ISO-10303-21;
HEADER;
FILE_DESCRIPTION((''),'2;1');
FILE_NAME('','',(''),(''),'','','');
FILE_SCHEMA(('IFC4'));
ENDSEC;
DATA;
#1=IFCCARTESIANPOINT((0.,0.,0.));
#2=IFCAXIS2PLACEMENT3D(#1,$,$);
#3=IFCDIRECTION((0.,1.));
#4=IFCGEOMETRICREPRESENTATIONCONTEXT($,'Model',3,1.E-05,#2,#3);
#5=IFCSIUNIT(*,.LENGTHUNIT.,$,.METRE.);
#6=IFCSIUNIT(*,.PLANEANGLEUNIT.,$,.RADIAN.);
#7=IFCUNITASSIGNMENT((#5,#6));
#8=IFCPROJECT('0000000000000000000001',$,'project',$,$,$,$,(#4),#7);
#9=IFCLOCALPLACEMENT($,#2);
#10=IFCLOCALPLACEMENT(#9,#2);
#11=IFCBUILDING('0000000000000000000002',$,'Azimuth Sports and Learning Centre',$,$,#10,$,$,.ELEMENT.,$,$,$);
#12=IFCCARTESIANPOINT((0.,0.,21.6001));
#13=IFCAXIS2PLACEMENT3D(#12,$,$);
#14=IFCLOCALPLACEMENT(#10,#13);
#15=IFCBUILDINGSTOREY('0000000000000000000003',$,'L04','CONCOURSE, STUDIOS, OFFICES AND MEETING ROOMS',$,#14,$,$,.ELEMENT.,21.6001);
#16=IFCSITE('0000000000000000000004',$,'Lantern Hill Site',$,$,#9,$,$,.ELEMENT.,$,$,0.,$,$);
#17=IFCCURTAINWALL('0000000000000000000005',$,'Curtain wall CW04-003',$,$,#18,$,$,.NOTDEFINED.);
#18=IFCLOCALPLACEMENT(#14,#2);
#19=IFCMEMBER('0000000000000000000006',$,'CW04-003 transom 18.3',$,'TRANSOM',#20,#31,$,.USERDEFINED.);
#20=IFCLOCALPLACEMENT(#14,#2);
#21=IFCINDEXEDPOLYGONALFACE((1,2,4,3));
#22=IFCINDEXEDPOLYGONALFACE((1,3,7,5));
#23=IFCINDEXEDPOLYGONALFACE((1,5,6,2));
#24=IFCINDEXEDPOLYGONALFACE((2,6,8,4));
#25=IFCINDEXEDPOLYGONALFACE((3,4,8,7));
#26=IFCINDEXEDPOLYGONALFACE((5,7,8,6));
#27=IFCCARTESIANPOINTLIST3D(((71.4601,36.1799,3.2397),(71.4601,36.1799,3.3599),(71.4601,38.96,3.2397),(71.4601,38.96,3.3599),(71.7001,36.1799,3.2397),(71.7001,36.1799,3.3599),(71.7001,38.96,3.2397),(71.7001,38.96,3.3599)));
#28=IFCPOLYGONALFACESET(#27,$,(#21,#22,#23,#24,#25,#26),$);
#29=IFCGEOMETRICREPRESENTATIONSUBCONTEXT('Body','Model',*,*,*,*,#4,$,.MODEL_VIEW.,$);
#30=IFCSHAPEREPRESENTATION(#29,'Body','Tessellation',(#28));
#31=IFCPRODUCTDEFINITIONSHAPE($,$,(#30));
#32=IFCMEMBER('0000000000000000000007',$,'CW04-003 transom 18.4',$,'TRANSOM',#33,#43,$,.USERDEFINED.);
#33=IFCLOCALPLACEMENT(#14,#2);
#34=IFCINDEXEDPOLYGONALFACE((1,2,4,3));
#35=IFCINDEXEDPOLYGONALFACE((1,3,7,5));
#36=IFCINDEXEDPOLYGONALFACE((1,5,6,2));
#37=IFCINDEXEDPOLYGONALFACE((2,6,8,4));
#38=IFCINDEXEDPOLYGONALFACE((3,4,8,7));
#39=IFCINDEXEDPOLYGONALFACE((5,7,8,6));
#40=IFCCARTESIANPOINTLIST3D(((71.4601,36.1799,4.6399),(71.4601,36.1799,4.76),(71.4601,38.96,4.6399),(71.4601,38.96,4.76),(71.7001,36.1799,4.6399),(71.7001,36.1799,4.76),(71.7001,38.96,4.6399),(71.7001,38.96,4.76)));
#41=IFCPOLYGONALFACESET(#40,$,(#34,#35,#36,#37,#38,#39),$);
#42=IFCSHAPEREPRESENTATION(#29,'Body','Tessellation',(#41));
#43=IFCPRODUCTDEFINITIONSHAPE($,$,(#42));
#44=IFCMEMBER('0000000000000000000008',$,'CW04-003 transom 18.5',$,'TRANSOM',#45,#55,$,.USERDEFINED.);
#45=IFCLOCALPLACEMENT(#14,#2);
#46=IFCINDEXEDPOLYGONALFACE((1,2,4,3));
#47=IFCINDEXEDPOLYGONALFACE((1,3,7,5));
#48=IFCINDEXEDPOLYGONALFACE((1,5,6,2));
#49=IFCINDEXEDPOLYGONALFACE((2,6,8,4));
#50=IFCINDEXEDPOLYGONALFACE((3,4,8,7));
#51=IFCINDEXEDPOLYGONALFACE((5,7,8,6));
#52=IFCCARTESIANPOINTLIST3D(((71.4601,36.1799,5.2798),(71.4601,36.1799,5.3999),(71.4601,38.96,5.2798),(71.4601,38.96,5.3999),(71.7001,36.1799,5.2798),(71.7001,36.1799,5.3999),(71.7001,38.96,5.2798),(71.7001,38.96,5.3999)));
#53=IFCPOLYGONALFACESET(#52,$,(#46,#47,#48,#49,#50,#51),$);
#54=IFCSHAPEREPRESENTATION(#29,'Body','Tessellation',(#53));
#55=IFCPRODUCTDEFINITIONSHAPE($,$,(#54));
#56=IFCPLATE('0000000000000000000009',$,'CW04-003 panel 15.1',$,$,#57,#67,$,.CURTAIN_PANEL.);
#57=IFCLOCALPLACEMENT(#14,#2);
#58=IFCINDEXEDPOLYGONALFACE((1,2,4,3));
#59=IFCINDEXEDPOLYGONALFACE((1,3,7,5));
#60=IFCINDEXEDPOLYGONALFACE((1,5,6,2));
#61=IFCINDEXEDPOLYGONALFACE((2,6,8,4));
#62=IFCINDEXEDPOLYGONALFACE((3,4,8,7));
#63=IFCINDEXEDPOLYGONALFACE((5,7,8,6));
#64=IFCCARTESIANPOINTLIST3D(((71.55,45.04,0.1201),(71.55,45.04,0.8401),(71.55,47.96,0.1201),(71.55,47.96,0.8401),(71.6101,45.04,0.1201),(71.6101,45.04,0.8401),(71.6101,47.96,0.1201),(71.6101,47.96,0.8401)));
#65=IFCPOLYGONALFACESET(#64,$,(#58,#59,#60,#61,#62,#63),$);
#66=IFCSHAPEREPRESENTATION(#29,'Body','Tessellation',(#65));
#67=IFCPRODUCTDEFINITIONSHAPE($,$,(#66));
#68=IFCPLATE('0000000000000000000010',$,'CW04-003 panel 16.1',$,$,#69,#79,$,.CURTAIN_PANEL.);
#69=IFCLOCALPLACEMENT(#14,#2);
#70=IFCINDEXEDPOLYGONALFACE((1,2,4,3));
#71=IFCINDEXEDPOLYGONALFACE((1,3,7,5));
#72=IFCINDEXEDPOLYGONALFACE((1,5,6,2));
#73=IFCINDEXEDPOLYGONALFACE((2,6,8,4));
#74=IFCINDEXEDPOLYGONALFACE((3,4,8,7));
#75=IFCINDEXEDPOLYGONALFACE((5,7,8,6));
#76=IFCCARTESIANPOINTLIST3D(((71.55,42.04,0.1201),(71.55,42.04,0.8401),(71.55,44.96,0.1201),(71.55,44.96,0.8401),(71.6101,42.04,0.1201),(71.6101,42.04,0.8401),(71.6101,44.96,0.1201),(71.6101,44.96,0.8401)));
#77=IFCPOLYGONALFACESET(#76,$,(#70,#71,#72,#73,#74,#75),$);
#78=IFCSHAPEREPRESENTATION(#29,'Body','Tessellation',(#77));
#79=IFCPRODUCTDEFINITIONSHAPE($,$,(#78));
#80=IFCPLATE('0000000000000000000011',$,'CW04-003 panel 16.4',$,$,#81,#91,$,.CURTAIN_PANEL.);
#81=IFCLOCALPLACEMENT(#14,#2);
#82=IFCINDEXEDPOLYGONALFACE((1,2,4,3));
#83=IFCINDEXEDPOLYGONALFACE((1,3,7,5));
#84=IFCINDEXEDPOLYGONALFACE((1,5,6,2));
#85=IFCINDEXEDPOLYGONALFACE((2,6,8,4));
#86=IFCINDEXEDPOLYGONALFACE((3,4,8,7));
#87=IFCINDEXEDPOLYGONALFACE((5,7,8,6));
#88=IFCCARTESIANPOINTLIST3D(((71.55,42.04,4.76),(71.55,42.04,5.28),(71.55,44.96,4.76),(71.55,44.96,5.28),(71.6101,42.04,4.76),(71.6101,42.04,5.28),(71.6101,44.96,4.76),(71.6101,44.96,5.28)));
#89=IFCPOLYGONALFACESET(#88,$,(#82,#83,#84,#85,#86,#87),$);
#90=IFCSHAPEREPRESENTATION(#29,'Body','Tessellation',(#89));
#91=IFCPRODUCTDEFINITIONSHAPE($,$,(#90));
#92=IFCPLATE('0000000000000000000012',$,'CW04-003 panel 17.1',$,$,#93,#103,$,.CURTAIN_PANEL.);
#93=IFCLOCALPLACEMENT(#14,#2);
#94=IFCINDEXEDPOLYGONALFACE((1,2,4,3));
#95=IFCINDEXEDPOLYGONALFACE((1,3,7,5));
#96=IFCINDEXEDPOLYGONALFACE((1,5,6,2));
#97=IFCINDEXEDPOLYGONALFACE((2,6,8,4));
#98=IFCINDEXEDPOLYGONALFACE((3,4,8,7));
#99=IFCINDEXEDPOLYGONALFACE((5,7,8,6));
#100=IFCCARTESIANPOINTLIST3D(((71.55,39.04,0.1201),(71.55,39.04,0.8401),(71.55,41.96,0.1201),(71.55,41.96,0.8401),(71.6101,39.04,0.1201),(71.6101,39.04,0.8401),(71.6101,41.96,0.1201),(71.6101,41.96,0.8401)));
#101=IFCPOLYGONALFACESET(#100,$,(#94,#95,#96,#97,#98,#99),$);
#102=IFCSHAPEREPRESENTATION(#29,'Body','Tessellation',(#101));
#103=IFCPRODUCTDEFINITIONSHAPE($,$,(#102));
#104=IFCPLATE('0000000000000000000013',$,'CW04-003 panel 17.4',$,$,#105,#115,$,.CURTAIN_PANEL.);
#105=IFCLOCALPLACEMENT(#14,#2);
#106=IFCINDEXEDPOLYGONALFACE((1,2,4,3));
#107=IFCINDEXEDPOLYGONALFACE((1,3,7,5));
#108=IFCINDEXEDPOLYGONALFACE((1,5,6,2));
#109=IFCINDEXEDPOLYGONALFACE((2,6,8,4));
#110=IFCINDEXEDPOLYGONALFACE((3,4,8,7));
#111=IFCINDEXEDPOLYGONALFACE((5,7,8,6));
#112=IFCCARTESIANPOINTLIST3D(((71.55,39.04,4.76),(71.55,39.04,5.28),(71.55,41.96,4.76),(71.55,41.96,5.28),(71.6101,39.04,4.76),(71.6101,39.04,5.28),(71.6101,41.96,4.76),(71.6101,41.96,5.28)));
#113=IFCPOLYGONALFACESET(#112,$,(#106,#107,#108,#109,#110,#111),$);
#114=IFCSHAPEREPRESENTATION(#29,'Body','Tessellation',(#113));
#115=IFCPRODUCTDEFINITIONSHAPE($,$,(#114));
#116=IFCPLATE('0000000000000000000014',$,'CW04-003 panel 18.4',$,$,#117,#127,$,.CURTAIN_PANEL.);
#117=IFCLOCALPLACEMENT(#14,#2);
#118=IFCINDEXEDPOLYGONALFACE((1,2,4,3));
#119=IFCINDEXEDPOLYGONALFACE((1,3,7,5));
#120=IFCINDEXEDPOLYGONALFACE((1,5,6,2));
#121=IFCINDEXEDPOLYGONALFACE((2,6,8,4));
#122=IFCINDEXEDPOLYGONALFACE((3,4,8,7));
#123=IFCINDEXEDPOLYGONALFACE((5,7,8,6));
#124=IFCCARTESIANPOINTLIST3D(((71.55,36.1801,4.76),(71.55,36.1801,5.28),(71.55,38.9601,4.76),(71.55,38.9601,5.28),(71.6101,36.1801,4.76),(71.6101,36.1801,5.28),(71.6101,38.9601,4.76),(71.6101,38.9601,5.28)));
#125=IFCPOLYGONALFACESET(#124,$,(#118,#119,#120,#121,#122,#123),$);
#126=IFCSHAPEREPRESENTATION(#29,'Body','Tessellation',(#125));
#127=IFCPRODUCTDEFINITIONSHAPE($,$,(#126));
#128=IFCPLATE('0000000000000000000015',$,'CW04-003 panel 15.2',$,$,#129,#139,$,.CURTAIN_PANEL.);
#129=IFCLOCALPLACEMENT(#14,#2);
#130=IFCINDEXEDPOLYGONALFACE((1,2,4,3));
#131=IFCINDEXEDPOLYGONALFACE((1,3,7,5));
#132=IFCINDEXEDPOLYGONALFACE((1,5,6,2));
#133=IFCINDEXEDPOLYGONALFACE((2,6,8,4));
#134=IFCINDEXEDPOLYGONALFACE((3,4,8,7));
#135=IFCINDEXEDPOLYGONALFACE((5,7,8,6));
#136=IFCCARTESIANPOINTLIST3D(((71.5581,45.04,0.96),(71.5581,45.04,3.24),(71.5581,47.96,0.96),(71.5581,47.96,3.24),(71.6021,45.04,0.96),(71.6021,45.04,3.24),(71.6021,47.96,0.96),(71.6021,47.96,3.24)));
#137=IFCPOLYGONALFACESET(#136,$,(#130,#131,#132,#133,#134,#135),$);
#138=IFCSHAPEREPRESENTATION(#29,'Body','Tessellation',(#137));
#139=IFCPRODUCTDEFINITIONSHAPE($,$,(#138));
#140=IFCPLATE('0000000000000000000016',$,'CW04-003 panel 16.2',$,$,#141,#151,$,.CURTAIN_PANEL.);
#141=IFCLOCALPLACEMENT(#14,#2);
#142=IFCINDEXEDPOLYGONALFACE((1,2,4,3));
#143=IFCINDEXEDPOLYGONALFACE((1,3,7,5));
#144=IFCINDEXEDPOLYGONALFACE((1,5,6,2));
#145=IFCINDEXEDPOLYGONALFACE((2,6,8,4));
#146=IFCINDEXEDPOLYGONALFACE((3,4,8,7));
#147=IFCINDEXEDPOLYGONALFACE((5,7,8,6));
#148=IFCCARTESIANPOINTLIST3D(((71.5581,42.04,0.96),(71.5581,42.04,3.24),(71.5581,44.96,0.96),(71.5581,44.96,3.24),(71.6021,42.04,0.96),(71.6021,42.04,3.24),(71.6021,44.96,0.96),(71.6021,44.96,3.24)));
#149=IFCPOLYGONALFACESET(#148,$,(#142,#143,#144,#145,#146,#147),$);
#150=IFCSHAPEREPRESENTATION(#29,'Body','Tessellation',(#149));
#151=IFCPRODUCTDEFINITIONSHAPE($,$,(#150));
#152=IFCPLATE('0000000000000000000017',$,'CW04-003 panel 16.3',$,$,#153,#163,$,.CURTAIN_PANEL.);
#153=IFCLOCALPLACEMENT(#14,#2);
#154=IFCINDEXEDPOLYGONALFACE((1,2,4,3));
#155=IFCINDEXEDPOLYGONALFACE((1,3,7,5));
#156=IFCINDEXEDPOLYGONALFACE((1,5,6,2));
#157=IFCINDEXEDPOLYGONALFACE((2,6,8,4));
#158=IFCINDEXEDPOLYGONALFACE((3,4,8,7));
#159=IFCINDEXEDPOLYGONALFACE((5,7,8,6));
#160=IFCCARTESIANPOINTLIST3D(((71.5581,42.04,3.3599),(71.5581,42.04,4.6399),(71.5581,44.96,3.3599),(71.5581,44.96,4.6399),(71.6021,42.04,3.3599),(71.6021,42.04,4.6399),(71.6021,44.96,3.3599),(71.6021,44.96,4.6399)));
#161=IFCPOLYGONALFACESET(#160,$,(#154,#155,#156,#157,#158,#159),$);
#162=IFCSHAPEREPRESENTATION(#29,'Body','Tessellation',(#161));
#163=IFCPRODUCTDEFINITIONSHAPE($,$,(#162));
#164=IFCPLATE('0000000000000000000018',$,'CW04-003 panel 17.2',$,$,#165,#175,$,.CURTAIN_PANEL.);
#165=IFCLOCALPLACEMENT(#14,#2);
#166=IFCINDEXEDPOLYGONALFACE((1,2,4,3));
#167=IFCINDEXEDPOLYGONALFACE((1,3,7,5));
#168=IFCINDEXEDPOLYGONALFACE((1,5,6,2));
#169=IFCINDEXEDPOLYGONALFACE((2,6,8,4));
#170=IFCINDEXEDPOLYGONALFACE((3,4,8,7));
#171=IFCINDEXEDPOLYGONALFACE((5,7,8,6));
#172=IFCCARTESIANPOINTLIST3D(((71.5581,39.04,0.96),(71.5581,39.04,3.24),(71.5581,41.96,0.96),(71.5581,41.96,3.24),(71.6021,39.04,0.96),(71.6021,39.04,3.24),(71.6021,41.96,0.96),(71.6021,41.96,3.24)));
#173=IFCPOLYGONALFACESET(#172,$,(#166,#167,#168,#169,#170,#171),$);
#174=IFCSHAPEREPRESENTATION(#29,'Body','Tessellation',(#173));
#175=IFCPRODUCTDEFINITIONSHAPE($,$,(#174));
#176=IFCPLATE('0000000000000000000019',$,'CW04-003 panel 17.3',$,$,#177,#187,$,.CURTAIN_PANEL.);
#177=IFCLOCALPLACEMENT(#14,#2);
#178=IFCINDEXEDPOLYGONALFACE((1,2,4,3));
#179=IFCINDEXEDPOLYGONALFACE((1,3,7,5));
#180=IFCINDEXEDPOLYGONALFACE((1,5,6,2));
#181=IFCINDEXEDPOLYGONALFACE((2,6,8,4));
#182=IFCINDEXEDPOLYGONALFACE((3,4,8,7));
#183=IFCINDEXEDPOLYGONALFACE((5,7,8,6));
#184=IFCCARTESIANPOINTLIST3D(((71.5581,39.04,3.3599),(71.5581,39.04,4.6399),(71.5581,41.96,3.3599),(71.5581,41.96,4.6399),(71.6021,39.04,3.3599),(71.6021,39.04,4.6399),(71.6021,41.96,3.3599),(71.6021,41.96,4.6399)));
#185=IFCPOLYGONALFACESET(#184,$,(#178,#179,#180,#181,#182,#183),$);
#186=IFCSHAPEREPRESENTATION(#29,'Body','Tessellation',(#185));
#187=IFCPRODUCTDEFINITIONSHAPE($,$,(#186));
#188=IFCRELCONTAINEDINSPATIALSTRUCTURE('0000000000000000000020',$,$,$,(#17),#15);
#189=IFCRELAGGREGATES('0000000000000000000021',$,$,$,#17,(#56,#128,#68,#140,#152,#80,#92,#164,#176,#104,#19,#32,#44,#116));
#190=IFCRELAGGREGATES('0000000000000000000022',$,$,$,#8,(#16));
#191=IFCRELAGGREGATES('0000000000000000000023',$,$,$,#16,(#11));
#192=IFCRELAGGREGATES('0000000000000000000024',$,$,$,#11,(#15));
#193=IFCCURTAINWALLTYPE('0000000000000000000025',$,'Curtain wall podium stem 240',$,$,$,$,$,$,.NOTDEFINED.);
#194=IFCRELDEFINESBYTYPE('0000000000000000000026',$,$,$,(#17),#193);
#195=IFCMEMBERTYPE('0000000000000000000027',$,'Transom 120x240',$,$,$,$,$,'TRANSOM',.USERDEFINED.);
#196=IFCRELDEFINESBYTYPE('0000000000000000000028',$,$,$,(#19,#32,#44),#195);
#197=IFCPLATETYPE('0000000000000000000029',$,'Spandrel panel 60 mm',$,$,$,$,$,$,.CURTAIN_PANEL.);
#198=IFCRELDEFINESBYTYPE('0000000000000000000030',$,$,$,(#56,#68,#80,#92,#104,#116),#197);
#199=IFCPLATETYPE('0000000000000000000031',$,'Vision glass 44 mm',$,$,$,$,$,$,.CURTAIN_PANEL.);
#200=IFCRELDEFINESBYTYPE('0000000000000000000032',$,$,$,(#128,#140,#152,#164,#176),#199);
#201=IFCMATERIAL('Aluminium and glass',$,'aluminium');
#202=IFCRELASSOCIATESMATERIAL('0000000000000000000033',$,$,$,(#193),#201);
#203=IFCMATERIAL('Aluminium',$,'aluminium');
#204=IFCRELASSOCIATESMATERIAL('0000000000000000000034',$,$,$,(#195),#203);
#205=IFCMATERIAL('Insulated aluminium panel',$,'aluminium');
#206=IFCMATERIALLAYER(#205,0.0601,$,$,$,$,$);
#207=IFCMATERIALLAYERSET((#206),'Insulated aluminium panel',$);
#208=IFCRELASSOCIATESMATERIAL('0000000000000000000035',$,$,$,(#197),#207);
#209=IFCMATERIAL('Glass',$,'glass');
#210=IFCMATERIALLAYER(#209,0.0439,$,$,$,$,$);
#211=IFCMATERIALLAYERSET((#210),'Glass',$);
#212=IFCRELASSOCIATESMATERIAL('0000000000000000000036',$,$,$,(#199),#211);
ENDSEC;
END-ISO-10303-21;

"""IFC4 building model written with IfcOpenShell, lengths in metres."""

from ifc_helpers import new_model, si_unit, direction, frame, origin, origin_2d, place, context, subcontext, project, spatial, rectangle, extrude, material, layer, layer_set, material_profile, profile_set, type_object, element, aggregate, save


model = new_model("IFC4")

# Units and contexts
model_context = context("Model", 3, precision=1e-05, world=origin(), true_north=direction((0.0, 1.0)))
body_context = subcontext(model_context, "Body", "Model", "MODEL_VIEW")
ifc_project = project(units=[si_unit("LENGTHUNIT", "METRE"), si_unit("PLANEANGLEUNIT", "RADIAN")], contexts=[model_context])

# Site, building, storey
site_placement = place(None, origin())
site = spatial("IfcSite", under=ifc_project, at=site_placement, Name="Lantern Hill Site", CompositionType="ELEMENT", RefElevation=0.0)
building_placement = place(site_placement, origin())
building = spatial("IfcBuilding", under=site, at=building_placement, Name="Azimuth Sports and Learning Centre", CompositionType="ELEMENT")
storey_placement = place(building_placement, frame((0.0, 0.0, 21.6001)))
storey = spatial("IfcBuildingStorey", under=building, at=storey_placement, Name="L04", Description="CONCOURSE, STUDIOS, OFFICES AND MEETING ROOMS", CompositionType="ELEMENT", Elevation=21.6001)

# Curtain wall, members, plates
ifc_material_1 = material(Name="Aluminium and glass", Category="aluminium")
curtain_wall_type = type_object("IfcCurtainWallType", Name="Curtain wall podium stem 240", PredefinedType="NOTDEFINED", material=ifc_material_1)
curtain_wall_placement = place(storey_placement, origin())
curtain_wall = element("IfcCurtainWall", 1, at=curtain_wall_placement, inside=storey, type_object=curtain_wall_type, Name="Curtain wall CW04-003", PredefinedType="NOTDEFINED")
ifc_material_2 = material(Name="Aluminium", Category="aluminium")
ifc_material_profile_1 = material_profile(ifc_material_2, rectangle(XDim=0.24, YDim=0.1201, at=origin_2d()), Name="Transom 120x240")
ifc_profile_set_1 = profile_set([ifc_material_profile_1], Name="Aluminium")
member_type_1 = type_object("IfcMemberType", Name="Transom 120x240", ElementType="TRANSOM", PredefinedType="USERDEFINED", material=ifc_profile_set_1)
member_1_placement = place(storey_placement, frame((71.5801, 38.96, 3.2998), z_axis=(0.0, -1.0, 0.0), x_axis=(1.0, 0.0, 0.0)))
member_1 = element("IfcMember", 2, at=member_1_placement, type_object=member_type_1, Name="CW04-003 transom 18.3", ObjectType="TRANSOM", PredefinedType="USERDEFINED", context=body_context, shape_type="SweptSolid", body=[
    extrude(rectangle(XDim=0.24, YDim=0.1201, at=origin_2d()), origin(), (0.0, 0.0, 1.0), 2.78),
])
member_2_placement = place(storey_placement, frame((71.5801, 38.96, 4.7), z_axis=(0.0, -1.0, 0.0), x_axis=(1.0, 0.0, 0.0)))
member_2 = element("IfcMember", 3, at=member_2_placement, type_object=member_type_1, Name="CW04-003 transom 18.4", ObjectType="TRANSOM", PredefinedType="USERDEFINED", context=body_context, shape_type="SweptSolid", body=[
    extrude(rectangle(XDim=0.24, YDim=0.1201, at=origin_2d()), origin(), (0.0, 0.0, 1.0), 2.78),
])
member_3_placement = place(storey_placement, frame((71.5801, 38.96, 5.3398), z_axis=(0.0, -1.0, 0.0), x_axis=(1.0, 0.0, 0.0)))
member_3 = element("IfcMember", 4, at=member_3_placement, type_object=member_type_1, Name="CW04-003 transom 18.5", ObjectType="TRANSOM", PredefinedType="USERDEFINED", context=body_context, shape_type="SweptSolid", body=[
    extrude(rectangle(XDim=0.24, YDim=0.1201, at=origin_2d()), origin(), (0.0, 0.0, 1.0), 2.78),
])
ifc_material_3 = material(Name="Insulated aluminium panel", Category="aluminium")
ifc_layer_1 = layer(ifc_material_3, 0.0601)
ifc_layer_set_1 = layer_set([ifc_layer_1], Name="Insulated aluminium panel")
plate_type_1 = type_object("IfcPlateType", Name="Spandrel panel 60 mm", PredefinedType="CURTAIN_PANEL", material=ifc_layer_set_1)
plate_1_placement = place(storey_placement, frame((71.5801, 46.5, 0.1201), z_axis=(0.0, 0.0, 1.0), x_axis=(0.0, -1.0, 0.0)))
plate_1 = element("IfcPlate", 5, at=plate_1_placement, type_object=plate_type_1, Name="CW04-003 panel 15.1", PredefinedType="CURTAIN_PANEL", context=body_context, shape_type="SweptSolid", body=[
    extrude(rectangle(XDim=2.9199, YDim=0.0601, at=origin_2d()), origin(), (0.0, 0.0, 1.0), 0.72),
])
plate_2_placement = place(storey_placement, frame((71.5801, 43.5, 0.1201), z_axis=(0.0, 0.0, 1.0), x_axis=(0.0, -1.0, 0.0)))
plate_2 = element("IfcPlate", 6, at=plate_2_placement, type_object=plate_type_1, Name="CW04-003 panel 16.1", PredefinedType="CURTAIN_PANEL", context=body_context, shape_type="SweptSolid", body=[
    extrude(rectangle(XDim=2.9199, YDim=0.0601, at=origin_2d()), origin(), (0.0, 0.0, 1.0), 0.72),
])
plate_3_placement = place(storey_placement, frame((71.5801, 43.5, 4.76), z_axis=(0.0, 0.0, 1.0), x_axis=(0.0, -1.0, 0.0)))
plate_3 = element("IfcPlate", 7, at=plate_3_placement, type_object=plate_type_1, Name="CW04-003 panel 16.4", PredefinedType="CURTAIN_PANEL", context=body_context, shape_type="SweptSolid", body=[
    extrude(rectangle(XDim=2.9199, YDim=0.0601, at=origin_2d()), origin(), (0.0, 0.0, 1.0), 0.52),
])
plate_4_placement = place(storey_placement, frame((71.5801, 40.5, 0.1201), z_axis=(0.0, 0.0, 1.0), x_axis=(0.0, -1.0, 0.0)))
plate_4 = element("IfcPlate", 8, at=plate_4_placement, type_object=plate_type_1, Name="CW04-003 panel 17.1", PredefinedType="CURTAIN_PANEL", context=body_context, shape_type="SweptSolid", body=[
    extrude(rectangle(XDim=2.9199, YDim=0.0601, at=origin_2d()), origin(), (0.0, 0.0, 1.0), 0.72),
])
plate_5_placement = place(storey_placement, frame((71.5801, 40.5, 4.76), z_axis=(0.0, 0.0, 1.0), x_axis=(0.0, -1.0, 0.0)))
plate_5 = element("IfcPlate", 9, at=plate_5_placement, type_object=plate_type_1, Name="CW04-003 panel 17.4", PredefinedType="CURTAIN_PANEL", context=body_context, shape_type="SweptSolid", body=[
    extrude(rectangle(XDim=2.9199, YDim=0.0601, at=origin_2d()), origin(), (0.0, 0.0, 1.0), 0.52),
])
plate_6_placement = place(storey_placement, frame((71.5801, 37.5701, 4.76), z_axis=(0.0, 0.0, 1.0), x_axis=(0.0, -1.0, 0.0)))
plate_6 = element("IfcPlate", 10, at=plate_6_placement, type_object=plate_type_1, Name="CW04-003 panel 18.4", PredefinedType="CURTAIN_PANEL", context=body_context, shape_type="SweptSolid", body=[
    extrude(rectangle(XDim=2.78, YDim=0.0601, at=origin_2d()), origin(), (0.0, 0.0, 1.0), 0.52),
])
ifc_material_4 = material(Name="Glass", Category="glass")
ifc_layer_2 = layer(ifc_material_4, 0.0439)
ifc_layer_set_2 = layer_set([ifc_layer_2], Name="Glass")
plate_type_2 = type_object("IfcPlateType", Name="Vision glass 44 mm", PredefinedType="CURTAIN_PANEL", material=ifc_layer_set_2)
plate_7_placement = place(storey_placement, frame((71.5801, 46.5, 0.96), z_axis=(0.0, 0.0, 1.0), x_axis=(0.0, -1.0, 0.0)))
plate_7 = element("IfcPlate", 11, at=plate_7_placement, type_object=plate_type_2, Name="CW04-003 panel 15.2", PredefinedType="CURTAIN_PANEL", context=body_context, shape_type="SweptSolid", body=[
    extrude(rectangle(XDim=2.9199, YDim=0.0439, at=origin_2d()), origin(), (0.0, 0.0, 1.0), 2.28),
])
plate_8_placement = place(storey_placement, frame((71.5801, 43.5, 0.96), z_axis=(0.0, 0.0, 1.0), x_axis=(0.0, -1.0, 0.0)))
plate_8 = element("IfcPlate", 12, at=plate_8_placement, type_object=plate_type_2, Name="CW04-003 panel 16.2", PredefinedType="CURTAIN_PANEL", context=body_context, shape_type="SweptSolid", body=[
    extrude(rectangle(XDim=2.9199, YDim=0.0439, at=origin_2d()), origin(), (0.0, 0.0, 1.0), 2.28),
])
plate_9_placement = place(storey_placement, frame((71.5801, 43.5, 3.3599), z_axis=(0.0, 0.0, 1.0), x_axis=(0.0, -1.0, 0.0)))
plate_9 = element("IfcPlate", 13, at=plate_9_placement, type_object=plate_type_2, Name="CW04-003 panel 16.3", PredefinedType="CURTAIN_PANEL", context=body_context, shape_type="SweptSolid", body=[
    extrude(rectangle(XDim=2.9199, YDim=0.0439, at=origin_2d()), origin(), (0.0, 0.0, 1.0), 1.28),
])
plate_10_placement = place(storey_placement, frame((71.5801, 40.5, 0.96), z_axis=(0.0, 0.0, 1.0), x_axis=(0.0, -1.0, 0.0)))
plate_10 = element("IfcPlate", 14, at=plate_10_placement, type_object=plate_type_2, Name="CW04-003 panel 17.2", PredefinedType="CURTAIN_PANEL", context=body_context, shape_type="SweptSolid", body=[
    extrude(rectangle(XDim=2.9199, YDim=0.0439, at=origin_2d()), origin(), (0.0, 0.0, 1.0), 2.28),
])
plate_11_placement = place(storey_placement, frame((71.5801, 40.5, 3.3599), z_axis=(0.0, 0.0, 1.0), x_axis=(0.0, -1.0, 0.0)))
plate_11 = element("IfcPlate", 15, at=plate_11_placement, type_object=plate_type_2, Name="CW04-003 panel 17.3", PredefinedType="CURTAIN_PANEL", context=body_context, shape_type="SweptSolid", body=[
    extrude(rectangle(XDim=2.9199, YDim=0.0439, at=origin_2d()), origin(), (0.0, 0.0, 1.0), 1.28),
])
aggregate(curtain_wall, [plate_1, plate_7, plate_2, plate_8, plate_9, plate_3, plate_4, plate_10, plate_11, plate_5, member_1, member_2, member_3, plate_6])

save(model, "model.ifc")
